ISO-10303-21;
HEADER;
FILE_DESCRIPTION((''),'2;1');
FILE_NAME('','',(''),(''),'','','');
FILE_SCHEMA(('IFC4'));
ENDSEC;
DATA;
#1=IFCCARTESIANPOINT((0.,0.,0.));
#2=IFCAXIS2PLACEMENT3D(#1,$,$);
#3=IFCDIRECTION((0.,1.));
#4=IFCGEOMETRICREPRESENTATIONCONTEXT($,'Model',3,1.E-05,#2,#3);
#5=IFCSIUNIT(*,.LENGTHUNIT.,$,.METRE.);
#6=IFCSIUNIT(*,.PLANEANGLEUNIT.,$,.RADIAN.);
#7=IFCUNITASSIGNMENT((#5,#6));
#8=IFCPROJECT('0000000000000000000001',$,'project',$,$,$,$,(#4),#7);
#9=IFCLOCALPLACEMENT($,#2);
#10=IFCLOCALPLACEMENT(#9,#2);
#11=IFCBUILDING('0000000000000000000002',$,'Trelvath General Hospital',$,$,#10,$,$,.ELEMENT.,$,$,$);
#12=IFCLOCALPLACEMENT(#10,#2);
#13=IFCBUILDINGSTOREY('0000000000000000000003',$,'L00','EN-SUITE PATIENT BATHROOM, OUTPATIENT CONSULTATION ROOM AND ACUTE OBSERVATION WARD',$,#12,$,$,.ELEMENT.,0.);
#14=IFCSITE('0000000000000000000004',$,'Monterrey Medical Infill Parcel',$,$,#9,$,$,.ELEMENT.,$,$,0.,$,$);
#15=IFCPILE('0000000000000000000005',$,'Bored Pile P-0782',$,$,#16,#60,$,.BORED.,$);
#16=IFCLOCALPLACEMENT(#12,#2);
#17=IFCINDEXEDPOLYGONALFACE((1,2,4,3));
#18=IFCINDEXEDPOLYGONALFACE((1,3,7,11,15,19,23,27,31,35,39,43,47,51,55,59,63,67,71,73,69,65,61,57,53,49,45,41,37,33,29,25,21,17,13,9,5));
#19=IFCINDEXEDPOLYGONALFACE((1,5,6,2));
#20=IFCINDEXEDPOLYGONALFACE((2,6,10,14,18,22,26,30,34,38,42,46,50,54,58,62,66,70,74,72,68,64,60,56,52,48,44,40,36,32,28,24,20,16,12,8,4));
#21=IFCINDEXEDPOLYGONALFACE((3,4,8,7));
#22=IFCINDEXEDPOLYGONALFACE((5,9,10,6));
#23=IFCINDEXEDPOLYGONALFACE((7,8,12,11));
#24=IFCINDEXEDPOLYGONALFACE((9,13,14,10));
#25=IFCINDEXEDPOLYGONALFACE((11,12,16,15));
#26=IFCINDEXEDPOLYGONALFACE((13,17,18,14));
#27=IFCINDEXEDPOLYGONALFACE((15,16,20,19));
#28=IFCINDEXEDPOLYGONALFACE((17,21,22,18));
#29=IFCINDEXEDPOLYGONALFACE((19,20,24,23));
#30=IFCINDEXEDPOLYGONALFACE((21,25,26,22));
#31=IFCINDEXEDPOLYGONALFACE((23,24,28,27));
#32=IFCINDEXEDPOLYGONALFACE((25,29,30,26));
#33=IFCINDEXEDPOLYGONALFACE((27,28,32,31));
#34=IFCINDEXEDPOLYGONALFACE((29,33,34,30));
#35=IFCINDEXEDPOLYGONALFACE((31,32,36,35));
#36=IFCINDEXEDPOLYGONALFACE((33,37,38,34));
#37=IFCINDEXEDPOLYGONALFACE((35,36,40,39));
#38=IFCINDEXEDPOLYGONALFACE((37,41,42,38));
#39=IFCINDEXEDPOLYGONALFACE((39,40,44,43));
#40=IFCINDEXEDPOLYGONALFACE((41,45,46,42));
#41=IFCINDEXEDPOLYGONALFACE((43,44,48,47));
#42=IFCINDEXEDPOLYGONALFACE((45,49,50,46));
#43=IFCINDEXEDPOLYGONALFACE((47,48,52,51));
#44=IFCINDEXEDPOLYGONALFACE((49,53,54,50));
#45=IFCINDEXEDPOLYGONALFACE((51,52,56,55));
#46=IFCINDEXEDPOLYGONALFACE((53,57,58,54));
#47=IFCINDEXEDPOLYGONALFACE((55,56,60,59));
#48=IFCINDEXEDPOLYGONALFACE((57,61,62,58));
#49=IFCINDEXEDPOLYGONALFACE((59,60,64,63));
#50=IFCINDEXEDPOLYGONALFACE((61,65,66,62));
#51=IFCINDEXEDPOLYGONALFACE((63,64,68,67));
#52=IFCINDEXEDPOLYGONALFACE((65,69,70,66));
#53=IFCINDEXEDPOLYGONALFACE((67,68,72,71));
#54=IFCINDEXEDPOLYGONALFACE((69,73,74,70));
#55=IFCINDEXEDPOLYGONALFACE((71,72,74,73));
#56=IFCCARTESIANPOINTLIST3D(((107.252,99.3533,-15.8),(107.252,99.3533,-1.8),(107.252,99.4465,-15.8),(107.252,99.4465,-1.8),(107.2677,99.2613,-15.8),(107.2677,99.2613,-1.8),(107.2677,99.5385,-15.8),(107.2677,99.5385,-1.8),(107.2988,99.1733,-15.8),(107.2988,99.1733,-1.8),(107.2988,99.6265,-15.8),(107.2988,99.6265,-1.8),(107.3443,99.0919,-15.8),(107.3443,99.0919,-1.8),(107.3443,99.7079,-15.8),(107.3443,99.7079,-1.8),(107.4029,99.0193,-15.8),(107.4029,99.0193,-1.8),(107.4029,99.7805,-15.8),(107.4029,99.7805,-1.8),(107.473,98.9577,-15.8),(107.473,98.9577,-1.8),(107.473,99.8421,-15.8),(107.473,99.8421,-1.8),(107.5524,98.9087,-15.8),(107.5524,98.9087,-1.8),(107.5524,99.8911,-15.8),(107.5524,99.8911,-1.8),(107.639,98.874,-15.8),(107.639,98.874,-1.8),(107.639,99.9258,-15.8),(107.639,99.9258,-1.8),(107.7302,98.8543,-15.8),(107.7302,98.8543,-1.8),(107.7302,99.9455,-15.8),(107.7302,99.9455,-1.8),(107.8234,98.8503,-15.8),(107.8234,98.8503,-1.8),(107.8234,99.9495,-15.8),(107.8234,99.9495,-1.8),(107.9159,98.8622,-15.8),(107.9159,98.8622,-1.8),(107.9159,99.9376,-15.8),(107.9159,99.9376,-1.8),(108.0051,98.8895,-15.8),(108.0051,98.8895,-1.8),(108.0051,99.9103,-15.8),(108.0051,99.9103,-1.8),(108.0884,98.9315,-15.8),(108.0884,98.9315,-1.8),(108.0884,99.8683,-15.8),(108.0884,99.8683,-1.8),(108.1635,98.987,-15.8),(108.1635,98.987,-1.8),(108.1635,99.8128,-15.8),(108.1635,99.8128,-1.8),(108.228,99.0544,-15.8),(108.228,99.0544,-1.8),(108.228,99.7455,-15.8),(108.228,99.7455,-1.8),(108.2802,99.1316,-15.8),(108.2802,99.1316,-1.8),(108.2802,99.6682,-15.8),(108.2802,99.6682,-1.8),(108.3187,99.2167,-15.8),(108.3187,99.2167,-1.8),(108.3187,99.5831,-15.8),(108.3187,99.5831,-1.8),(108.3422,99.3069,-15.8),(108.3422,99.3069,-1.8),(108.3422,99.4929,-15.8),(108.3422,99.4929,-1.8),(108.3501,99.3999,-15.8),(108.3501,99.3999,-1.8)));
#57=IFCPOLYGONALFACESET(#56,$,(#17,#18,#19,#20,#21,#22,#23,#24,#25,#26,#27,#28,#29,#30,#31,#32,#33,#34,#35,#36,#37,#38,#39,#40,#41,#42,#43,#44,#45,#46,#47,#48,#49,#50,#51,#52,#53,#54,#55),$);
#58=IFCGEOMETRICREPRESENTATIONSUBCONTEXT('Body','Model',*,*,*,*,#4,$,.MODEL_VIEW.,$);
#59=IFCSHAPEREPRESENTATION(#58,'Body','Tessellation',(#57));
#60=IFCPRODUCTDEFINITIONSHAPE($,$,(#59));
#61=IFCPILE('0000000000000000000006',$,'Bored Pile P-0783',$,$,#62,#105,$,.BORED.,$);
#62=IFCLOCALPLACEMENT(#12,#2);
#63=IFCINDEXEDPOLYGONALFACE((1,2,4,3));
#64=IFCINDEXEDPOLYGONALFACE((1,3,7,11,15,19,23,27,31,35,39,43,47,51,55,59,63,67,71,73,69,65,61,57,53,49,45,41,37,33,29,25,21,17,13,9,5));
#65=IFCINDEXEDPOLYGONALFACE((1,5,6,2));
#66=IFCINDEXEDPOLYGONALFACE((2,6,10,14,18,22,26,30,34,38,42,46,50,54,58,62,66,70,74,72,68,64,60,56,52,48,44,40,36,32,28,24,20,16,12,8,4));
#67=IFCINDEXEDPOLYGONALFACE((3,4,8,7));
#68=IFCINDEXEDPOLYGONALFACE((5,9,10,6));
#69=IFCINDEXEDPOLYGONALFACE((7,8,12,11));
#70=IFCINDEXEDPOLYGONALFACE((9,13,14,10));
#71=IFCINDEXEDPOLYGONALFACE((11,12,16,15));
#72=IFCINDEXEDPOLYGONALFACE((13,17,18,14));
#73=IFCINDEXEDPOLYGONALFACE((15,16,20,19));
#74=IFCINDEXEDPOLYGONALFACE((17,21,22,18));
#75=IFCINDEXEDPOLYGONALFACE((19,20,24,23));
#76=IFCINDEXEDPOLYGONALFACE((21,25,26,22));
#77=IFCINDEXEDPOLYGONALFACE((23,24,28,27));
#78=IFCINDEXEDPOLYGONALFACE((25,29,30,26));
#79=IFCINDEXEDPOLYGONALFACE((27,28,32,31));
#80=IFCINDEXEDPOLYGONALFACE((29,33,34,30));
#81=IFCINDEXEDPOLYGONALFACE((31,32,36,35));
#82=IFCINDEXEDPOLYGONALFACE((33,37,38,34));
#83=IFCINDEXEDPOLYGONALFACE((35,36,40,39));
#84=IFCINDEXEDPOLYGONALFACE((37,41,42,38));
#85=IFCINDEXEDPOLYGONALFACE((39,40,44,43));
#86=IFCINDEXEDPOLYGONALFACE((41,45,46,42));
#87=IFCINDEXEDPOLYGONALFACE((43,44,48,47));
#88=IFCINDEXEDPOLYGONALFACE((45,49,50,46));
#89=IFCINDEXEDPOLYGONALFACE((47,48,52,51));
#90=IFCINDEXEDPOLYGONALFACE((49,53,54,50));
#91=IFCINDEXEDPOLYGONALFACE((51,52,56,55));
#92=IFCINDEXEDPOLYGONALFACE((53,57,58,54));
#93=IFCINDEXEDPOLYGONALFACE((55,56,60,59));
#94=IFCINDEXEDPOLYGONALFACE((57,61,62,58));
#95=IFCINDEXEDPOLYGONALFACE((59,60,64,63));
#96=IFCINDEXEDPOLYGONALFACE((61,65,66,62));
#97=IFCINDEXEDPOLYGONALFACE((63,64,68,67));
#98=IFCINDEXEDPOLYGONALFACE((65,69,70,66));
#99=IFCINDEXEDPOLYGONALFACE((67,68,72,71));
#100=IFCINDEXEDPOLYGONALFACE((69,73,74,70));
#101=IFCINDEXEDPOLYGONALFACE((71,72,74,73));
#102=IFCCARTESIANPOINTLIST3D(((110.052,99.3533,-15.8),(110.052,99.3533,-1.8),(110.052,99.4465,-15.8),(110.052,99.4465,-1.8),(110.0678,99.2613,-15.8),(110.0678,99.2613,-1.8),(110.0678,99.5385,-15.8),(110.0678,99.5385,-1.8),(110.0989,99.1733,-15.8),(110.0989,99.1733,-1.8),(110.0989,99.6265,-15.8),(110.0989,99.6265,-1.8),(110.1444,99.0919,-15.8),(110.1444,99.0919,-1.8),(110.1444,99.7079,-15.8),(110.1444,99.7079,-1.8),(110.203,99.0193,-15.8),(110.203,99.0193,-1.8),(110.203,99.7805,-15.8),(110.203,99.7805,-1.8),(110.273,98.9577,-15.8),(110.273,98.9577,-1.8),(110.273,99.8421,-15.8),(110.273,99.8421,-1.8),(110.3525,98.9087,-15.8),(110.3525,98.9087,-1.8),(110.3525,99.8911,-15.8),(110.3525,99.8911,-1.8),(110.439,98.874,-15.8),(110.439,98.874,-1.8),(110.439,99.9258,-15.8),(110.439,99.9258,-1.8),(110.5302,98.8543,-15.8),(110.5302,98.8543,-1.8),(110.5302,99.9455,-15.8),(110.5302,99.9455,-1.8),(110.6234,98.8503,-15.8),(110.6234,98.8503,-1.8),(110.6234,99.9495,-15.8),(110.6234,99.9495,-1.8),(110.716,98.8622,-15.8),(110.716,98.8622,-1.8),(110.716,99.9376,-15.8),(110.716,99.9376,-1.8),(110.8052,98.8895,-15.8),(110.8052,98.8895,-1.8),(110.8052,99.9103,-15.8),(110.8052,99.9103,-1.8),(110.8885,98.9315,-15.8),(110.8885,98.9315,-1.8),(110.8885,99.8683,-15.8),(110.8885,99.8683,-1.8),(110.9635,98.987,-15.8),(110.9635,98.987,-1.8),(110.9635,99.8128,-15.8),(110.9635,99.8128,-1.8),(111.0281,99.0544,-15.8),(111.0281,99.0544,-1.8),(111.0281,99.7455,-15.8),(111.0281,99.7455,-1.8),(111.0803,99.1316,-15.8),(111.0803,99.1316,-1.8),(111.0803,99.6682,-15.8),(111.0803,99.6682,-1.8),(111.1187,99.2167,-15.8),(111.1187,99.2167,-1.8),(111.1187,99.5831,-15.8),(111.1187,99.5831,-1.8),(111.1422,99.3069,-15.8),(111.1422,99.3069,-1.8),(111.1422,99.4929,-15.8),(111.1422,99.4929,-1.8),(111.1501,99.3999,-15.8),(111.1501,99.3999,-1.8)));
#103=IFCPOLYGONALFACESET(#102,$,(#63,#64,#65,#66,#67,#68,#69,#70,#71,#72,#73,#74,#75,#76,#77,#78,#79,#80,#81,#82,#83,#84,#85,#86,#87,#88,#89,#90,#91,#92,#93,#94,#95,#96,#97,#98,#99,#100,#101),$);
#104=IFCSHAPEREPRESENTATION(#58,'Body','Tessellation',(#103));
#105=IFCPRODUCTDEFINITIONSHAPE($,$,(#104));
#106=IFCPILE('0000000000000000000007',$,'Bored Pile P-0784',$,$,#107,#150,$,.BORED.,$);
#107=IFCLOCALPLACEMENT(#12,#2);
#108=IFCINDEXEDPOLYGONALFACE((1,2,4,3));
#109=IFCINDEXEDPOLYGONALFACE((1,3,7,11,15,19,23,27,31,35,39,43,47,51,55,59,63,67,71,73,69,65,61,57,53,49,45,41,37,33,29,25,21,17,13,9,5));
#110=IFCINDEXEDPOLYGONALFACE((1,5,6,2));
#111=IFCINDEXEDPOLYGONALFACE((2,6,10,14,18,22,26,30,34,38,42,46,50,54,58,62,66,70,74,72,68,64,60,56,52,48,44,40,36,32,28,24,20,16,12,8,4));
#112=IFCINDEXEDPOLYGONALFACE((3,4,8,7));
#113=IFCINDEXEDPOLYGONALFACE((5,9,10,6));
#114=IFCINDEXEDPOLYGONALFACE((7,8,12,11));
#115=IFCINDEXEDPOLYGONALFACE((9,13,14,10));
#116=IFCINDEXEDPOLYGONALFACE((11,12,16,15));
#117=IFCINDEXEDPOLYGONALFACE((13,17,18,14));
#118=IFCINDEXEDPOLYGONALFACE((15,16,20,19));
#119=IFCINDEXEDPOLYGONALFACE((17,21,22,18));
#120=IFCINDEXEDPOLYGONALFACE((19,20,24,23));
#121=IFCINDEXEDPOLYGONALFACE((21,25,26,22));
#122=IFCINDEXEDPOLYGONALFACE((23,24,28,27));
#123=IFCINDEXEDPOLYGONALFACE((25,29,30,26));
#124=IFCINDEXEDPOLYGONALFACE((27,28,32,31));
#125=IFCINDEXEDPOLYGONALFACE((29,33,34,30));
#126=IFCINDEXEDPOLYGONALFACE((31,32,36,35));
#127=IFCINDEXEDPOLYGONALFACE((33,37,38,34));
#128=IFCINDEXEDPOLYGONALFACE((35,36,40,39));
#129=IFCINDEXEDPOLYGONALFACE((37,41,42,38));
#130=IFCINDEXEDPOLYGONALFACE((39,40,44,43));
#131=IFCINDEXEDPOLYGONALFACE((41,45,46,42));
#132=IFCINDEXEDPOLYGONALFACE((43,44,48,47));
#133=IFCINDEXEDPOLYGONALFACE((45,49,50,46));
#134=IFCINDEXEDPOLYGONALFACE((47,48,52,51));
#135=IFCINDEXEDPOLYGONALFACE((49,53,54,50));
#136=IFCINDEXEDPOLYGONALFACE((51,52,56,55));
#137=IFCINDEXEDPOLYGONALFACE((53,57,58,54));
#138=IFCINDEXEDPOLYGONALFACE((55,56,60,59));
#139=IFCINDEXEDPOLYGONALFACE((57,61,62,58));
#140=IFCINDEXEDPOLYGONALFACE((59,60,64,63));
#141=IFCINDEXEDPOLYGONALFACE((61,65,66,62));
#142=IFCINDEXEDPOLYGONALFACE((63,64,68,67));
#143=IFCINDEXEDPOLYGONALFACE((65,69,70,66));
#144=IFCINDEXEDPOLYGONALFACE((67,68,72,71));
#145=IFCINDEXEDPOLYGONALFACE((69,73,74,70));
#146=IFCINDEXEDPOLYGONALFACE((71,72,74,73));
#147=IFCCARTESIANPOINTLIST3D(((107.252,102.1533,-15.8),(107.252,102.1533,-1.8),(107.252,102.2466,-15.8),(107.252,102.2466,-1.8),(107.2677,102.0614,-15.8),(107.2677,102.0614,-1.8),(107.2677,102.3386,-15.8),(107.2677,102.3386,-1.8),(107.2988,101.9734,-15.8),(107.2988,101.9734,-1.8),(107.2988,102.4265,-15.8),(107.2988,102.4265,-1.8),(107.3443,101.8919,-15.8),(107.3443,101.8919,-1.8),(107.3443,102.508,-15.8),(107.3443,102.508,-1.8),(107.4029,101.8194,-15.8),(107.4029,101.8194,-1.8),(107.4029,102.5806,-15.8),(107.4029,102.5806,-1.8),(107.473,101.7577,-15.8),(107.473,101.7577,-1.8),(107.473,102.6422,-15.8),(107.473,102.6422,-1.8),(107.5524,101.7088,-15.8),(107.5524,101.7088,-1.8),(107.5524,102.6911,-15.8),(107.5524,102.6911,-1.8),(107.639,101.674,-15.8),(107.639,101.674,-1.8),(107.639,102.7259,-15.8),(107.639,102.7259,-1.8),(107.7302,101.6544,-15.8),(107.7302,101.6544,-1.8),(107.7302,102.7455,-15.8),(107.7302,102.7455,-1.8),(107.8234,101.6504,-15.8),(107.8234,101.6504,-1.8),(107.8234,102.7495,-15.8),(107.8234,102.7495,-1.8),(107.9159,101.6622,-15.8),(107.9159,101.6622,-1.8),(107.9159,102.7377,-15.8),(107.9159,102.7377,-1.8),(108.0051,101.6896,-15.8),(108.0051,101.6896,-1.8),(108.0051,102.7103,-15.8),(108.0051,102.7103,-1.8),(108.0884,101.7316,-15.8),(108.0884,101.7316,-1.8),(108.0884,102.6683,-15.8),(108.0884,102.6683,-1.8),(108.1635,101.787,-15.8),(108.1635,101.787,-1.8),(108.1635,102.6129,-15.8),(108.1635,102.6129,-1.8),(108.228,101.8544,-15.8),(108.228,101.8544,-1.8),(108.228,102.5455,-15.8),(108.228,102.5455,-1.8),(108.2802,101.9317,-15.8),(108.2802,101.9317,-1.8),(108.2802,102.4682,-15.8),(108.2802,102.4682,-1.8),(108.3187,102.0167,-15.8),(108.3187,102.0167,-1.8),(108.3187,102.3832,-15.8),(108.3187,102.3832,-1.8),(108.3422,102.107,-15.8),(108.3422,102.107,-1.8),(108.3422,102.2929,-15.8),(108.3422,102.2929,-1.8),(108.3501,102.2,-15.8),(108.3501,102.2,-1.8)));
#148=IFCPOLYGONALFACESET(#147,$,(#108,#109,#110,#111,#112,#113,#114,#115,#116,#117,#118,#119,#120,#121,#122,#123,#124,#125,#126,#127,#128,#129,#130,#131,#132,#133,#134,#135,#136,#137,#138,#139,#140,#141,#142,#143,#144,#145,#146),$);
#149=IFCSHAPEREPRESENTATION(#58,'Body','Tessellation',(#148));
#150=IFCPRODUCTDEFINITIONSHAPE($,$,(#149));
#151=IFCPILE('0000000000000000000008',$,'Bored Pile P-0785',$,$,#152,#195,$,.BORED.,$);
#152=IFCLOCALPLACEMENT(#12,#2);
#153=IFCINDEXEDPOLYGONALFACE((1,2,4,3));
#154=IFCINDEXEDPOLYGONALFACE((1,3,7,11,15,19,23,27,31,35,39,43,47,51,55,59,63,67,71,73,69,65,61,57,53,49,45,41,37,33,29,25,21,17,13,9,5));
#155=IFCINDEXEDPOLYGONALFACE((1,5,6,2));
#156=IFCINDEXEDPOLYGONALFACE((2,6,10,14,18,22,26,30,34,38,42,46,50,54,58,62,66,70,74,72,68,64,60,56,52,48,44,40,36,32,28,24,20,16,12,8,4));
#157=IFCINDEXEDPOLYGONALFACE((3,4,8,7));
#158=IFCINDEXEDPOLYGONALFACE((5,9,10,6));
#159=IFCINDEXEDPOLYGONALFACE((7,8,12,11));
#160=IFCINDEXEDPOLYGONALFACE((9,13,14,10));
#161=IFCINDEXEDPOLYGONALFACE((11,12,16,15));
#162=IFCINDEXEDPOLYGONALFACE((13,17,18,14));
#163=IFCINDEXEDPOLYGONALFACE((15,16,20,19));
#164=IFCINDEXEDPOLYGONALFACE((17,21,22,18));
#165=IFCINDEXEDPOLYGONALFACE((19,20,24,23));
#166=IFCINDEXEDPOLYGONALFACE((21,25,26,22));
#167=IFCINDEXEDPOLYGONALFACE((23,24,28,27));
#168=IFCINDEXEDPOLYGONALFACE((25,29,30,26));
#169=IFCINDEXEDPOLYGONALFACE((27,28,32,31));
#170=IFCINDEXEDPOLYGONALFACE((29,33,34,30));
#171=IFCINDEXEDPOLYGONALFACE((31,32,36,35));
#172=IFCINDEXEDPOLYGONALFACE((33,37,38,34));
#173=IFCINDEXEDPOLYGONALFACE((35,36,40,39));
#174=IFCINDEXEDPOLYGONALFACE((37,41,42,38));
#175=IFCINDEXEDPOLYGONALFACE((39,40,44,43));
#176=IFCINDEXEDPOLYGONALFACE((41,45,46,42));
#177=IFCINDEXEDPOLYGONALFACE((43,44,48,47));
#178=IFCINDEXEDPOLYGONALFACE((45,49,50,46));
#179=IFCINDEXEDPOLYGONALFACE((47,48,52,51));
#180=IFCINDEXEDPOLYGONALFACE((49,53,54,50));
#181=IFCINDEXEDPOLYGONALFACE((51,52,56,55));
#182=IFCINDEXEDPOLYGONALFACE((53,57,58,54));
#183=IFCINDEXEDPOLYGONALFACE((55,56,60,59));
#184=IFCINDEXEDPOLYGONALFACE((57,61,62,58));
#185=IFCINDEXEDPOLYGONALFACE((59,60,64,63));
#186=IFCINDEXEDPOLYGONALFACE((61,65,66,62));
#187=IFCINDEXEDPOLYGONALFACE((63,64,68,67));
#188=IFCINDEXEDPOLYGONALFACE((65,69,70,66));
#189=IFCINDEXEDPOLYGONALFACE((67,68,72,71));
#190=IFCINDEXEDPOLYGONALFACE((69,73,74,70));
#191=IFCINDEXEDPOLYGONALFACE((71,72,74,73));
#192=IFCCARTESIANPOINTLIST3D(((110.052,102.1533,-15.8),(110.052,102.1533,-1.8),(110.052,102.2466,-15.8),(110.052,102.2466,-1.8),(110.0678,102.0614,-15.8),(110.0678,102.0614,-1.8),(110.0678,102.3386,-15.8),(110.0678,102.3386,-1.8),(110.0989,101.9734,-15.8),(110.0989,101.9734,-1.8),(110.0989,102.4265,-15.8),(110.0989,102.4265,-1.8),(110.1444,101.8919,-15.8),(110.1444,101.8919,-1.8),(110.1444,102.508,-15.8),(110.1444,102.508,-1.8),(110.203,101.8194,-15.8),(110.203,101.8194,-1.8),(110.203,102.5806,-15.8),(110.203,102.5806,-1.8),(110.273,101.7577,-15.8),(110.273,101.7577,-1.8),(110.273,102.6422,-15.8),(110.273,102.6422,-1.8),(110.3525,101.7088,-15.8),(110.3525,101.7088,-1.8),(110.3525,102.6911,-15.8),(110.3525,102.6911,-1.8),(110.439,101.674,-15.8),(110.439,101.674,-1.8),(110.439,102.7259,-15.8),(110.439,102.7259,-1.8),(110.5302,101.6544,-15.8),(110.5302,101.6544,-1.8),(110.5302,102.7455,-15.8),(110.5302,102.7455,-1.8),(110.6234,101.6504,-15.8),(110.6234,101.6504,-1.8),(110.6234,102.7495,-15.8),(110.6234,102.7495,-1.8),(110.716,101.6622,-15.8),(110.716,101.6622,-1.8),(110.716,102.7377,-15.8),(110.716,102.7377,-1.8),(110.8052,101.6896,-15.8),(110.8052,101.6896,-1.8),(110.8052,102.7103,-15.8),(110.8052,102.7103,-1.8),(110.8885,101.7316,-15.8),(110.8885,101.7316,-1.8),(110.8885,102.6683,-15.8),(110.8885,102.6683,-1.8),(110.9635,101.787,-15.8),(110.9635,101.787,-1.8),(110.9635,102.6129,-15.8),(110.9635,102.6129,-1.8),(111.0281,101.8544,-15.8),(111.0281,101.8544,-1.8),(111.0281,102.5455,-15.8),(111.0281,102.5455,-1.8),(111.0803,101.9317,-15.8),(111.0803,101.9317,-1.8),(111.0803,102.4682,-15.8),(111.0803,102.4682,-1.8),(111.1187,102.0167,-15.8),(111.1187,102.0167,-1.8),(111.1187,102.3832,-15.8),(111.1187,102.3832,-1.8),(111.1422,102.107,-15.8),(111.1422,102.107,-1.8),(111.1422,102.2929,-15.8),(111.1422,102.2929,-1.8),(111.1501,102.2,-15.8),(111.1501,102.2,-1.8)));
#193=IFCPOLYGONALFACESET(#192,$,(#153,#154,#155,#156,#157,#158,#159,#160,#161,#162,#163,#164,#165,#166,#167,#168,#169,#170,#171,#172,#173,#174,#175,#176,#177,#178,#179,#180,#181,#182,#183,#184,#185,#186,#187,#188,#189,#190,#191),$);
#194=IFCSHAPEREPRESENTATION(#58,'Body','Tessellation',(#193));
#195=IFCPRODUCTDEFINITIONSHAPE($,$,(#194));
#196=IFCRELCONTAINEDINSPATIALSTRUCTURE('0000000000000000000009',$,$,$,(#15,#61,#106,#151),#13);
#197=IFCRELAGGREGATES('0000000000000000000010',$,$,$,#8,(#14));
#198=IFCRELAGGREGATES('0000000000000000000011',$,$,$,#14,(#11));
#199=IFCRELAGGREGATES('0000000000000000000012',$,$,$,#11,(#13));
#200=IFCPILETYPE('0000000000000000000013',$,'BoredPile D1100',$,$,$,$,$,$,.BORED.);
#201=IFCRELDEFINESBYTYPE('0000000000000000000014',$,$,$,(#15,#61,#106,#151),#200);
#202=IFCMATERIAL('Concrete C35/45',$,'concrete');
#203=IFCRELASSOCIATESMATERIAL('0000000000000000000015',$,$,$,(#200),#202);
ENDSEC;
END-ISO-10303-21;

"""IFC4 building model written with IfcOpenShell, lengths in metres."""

from ifc_helpers import new_model, si_unit, direction, frame, origin, origin_2d, place, context, subcontext, project, spatial, circle, extrude, material, material_profile, profile_set, type_object, element, save


model = new_model("IFC4")

# Units and contexts
model_context = context("Model", 3, precision=1e-05, world=origin(), true_north=direction((0.0, 1.0)))
body_context = subcontext(model_context, "Body", "Model", "MODEL_VIEW")
ifc_project = project(units=[si_unit("LENGTHUNIT", "METRE"), si_unit("PLANEANGLEUNIT", "RADIAN")], contexts=[model_context])

# Site, building, storey
site_placement = place(None, origin())
site = spatial("IfcSite", under=ifc_project, at=site_placement, Name="Monterrey Medical Infill Parcel", CompositionType="ELEMENT", RefElevation=0.0)
building_placement = place(site_placement, origin())
building = spatial("IfcBuilding", under=site, at=building_placement, Name="Trelvath General Hospital", CompositionType="ELEMENT")
storey_placement = place(building_placement, origin())
storey = spatial("IfcBuildingStorey", under=building, at=storey_placement, Name="L00", Description="EN-SUITE PATIENT BATHROOM, OUTPATIENT CONSULTATION ROOM AND ACUTE OBSERVATION WARD", CompositionType="ELEMENT", Elevation=0.0)

# Piles
ifc_material_1 = material(Name="Concrete C35/45", Category="concrete")
ifc_material_profile_1 = material_profile(ifc_material_1, circle(Radius=0.55, at=origin_2d()), Name="PILE1100")
ifc_profile_set_1 = profile_set([ifc_material_profile_1], Name="Concrete C35/45")
pile_type_1 = type_object("IfcPileType", Name="BoredPile D1100", PredefinedType="BORED", material=ifc_profile_set_1)
for number, where, z_axis, x_axis, name in (
    (1, (107.8, 99.3999, -1.8), (0.0, 0.0, -1.0), (1.0, 0.0, 0.0), "Bored Pile P-0782"),
    (2, (110.6001, 99.3999, -1.8), (0.0, 0.0, -1.0), (1.0, 0.0, 0.0), "Bored Pile P-0783"),
    (3, (107.8, 102.2, -1.8), (0.0, 0.0, -1.0), (1.0, 0.0, 0.0), "Bored Pile P-0784"),
    (4, (110.6001, 102.2, -1.8), (0.0, 0.0, -1.0), (1.0, 0.0, 0.0), "Bored Pile P-0785"),
):
    element("IfcPile", number, at=place(storey_placement, frame(where, z_axis=z_axis, x_axis=x_axis)), inside=storey, type_object=pile_type_1, Name=name, PredefinedType="BORED", context=body_context, shape_type="SweptSolid", body=[
        extrude(circle(Radius=0.55, at=origin_2d()), origin(), (0.0, 0.0, 1.0), 14.0),
    ])

save(model, "model.ifc")
